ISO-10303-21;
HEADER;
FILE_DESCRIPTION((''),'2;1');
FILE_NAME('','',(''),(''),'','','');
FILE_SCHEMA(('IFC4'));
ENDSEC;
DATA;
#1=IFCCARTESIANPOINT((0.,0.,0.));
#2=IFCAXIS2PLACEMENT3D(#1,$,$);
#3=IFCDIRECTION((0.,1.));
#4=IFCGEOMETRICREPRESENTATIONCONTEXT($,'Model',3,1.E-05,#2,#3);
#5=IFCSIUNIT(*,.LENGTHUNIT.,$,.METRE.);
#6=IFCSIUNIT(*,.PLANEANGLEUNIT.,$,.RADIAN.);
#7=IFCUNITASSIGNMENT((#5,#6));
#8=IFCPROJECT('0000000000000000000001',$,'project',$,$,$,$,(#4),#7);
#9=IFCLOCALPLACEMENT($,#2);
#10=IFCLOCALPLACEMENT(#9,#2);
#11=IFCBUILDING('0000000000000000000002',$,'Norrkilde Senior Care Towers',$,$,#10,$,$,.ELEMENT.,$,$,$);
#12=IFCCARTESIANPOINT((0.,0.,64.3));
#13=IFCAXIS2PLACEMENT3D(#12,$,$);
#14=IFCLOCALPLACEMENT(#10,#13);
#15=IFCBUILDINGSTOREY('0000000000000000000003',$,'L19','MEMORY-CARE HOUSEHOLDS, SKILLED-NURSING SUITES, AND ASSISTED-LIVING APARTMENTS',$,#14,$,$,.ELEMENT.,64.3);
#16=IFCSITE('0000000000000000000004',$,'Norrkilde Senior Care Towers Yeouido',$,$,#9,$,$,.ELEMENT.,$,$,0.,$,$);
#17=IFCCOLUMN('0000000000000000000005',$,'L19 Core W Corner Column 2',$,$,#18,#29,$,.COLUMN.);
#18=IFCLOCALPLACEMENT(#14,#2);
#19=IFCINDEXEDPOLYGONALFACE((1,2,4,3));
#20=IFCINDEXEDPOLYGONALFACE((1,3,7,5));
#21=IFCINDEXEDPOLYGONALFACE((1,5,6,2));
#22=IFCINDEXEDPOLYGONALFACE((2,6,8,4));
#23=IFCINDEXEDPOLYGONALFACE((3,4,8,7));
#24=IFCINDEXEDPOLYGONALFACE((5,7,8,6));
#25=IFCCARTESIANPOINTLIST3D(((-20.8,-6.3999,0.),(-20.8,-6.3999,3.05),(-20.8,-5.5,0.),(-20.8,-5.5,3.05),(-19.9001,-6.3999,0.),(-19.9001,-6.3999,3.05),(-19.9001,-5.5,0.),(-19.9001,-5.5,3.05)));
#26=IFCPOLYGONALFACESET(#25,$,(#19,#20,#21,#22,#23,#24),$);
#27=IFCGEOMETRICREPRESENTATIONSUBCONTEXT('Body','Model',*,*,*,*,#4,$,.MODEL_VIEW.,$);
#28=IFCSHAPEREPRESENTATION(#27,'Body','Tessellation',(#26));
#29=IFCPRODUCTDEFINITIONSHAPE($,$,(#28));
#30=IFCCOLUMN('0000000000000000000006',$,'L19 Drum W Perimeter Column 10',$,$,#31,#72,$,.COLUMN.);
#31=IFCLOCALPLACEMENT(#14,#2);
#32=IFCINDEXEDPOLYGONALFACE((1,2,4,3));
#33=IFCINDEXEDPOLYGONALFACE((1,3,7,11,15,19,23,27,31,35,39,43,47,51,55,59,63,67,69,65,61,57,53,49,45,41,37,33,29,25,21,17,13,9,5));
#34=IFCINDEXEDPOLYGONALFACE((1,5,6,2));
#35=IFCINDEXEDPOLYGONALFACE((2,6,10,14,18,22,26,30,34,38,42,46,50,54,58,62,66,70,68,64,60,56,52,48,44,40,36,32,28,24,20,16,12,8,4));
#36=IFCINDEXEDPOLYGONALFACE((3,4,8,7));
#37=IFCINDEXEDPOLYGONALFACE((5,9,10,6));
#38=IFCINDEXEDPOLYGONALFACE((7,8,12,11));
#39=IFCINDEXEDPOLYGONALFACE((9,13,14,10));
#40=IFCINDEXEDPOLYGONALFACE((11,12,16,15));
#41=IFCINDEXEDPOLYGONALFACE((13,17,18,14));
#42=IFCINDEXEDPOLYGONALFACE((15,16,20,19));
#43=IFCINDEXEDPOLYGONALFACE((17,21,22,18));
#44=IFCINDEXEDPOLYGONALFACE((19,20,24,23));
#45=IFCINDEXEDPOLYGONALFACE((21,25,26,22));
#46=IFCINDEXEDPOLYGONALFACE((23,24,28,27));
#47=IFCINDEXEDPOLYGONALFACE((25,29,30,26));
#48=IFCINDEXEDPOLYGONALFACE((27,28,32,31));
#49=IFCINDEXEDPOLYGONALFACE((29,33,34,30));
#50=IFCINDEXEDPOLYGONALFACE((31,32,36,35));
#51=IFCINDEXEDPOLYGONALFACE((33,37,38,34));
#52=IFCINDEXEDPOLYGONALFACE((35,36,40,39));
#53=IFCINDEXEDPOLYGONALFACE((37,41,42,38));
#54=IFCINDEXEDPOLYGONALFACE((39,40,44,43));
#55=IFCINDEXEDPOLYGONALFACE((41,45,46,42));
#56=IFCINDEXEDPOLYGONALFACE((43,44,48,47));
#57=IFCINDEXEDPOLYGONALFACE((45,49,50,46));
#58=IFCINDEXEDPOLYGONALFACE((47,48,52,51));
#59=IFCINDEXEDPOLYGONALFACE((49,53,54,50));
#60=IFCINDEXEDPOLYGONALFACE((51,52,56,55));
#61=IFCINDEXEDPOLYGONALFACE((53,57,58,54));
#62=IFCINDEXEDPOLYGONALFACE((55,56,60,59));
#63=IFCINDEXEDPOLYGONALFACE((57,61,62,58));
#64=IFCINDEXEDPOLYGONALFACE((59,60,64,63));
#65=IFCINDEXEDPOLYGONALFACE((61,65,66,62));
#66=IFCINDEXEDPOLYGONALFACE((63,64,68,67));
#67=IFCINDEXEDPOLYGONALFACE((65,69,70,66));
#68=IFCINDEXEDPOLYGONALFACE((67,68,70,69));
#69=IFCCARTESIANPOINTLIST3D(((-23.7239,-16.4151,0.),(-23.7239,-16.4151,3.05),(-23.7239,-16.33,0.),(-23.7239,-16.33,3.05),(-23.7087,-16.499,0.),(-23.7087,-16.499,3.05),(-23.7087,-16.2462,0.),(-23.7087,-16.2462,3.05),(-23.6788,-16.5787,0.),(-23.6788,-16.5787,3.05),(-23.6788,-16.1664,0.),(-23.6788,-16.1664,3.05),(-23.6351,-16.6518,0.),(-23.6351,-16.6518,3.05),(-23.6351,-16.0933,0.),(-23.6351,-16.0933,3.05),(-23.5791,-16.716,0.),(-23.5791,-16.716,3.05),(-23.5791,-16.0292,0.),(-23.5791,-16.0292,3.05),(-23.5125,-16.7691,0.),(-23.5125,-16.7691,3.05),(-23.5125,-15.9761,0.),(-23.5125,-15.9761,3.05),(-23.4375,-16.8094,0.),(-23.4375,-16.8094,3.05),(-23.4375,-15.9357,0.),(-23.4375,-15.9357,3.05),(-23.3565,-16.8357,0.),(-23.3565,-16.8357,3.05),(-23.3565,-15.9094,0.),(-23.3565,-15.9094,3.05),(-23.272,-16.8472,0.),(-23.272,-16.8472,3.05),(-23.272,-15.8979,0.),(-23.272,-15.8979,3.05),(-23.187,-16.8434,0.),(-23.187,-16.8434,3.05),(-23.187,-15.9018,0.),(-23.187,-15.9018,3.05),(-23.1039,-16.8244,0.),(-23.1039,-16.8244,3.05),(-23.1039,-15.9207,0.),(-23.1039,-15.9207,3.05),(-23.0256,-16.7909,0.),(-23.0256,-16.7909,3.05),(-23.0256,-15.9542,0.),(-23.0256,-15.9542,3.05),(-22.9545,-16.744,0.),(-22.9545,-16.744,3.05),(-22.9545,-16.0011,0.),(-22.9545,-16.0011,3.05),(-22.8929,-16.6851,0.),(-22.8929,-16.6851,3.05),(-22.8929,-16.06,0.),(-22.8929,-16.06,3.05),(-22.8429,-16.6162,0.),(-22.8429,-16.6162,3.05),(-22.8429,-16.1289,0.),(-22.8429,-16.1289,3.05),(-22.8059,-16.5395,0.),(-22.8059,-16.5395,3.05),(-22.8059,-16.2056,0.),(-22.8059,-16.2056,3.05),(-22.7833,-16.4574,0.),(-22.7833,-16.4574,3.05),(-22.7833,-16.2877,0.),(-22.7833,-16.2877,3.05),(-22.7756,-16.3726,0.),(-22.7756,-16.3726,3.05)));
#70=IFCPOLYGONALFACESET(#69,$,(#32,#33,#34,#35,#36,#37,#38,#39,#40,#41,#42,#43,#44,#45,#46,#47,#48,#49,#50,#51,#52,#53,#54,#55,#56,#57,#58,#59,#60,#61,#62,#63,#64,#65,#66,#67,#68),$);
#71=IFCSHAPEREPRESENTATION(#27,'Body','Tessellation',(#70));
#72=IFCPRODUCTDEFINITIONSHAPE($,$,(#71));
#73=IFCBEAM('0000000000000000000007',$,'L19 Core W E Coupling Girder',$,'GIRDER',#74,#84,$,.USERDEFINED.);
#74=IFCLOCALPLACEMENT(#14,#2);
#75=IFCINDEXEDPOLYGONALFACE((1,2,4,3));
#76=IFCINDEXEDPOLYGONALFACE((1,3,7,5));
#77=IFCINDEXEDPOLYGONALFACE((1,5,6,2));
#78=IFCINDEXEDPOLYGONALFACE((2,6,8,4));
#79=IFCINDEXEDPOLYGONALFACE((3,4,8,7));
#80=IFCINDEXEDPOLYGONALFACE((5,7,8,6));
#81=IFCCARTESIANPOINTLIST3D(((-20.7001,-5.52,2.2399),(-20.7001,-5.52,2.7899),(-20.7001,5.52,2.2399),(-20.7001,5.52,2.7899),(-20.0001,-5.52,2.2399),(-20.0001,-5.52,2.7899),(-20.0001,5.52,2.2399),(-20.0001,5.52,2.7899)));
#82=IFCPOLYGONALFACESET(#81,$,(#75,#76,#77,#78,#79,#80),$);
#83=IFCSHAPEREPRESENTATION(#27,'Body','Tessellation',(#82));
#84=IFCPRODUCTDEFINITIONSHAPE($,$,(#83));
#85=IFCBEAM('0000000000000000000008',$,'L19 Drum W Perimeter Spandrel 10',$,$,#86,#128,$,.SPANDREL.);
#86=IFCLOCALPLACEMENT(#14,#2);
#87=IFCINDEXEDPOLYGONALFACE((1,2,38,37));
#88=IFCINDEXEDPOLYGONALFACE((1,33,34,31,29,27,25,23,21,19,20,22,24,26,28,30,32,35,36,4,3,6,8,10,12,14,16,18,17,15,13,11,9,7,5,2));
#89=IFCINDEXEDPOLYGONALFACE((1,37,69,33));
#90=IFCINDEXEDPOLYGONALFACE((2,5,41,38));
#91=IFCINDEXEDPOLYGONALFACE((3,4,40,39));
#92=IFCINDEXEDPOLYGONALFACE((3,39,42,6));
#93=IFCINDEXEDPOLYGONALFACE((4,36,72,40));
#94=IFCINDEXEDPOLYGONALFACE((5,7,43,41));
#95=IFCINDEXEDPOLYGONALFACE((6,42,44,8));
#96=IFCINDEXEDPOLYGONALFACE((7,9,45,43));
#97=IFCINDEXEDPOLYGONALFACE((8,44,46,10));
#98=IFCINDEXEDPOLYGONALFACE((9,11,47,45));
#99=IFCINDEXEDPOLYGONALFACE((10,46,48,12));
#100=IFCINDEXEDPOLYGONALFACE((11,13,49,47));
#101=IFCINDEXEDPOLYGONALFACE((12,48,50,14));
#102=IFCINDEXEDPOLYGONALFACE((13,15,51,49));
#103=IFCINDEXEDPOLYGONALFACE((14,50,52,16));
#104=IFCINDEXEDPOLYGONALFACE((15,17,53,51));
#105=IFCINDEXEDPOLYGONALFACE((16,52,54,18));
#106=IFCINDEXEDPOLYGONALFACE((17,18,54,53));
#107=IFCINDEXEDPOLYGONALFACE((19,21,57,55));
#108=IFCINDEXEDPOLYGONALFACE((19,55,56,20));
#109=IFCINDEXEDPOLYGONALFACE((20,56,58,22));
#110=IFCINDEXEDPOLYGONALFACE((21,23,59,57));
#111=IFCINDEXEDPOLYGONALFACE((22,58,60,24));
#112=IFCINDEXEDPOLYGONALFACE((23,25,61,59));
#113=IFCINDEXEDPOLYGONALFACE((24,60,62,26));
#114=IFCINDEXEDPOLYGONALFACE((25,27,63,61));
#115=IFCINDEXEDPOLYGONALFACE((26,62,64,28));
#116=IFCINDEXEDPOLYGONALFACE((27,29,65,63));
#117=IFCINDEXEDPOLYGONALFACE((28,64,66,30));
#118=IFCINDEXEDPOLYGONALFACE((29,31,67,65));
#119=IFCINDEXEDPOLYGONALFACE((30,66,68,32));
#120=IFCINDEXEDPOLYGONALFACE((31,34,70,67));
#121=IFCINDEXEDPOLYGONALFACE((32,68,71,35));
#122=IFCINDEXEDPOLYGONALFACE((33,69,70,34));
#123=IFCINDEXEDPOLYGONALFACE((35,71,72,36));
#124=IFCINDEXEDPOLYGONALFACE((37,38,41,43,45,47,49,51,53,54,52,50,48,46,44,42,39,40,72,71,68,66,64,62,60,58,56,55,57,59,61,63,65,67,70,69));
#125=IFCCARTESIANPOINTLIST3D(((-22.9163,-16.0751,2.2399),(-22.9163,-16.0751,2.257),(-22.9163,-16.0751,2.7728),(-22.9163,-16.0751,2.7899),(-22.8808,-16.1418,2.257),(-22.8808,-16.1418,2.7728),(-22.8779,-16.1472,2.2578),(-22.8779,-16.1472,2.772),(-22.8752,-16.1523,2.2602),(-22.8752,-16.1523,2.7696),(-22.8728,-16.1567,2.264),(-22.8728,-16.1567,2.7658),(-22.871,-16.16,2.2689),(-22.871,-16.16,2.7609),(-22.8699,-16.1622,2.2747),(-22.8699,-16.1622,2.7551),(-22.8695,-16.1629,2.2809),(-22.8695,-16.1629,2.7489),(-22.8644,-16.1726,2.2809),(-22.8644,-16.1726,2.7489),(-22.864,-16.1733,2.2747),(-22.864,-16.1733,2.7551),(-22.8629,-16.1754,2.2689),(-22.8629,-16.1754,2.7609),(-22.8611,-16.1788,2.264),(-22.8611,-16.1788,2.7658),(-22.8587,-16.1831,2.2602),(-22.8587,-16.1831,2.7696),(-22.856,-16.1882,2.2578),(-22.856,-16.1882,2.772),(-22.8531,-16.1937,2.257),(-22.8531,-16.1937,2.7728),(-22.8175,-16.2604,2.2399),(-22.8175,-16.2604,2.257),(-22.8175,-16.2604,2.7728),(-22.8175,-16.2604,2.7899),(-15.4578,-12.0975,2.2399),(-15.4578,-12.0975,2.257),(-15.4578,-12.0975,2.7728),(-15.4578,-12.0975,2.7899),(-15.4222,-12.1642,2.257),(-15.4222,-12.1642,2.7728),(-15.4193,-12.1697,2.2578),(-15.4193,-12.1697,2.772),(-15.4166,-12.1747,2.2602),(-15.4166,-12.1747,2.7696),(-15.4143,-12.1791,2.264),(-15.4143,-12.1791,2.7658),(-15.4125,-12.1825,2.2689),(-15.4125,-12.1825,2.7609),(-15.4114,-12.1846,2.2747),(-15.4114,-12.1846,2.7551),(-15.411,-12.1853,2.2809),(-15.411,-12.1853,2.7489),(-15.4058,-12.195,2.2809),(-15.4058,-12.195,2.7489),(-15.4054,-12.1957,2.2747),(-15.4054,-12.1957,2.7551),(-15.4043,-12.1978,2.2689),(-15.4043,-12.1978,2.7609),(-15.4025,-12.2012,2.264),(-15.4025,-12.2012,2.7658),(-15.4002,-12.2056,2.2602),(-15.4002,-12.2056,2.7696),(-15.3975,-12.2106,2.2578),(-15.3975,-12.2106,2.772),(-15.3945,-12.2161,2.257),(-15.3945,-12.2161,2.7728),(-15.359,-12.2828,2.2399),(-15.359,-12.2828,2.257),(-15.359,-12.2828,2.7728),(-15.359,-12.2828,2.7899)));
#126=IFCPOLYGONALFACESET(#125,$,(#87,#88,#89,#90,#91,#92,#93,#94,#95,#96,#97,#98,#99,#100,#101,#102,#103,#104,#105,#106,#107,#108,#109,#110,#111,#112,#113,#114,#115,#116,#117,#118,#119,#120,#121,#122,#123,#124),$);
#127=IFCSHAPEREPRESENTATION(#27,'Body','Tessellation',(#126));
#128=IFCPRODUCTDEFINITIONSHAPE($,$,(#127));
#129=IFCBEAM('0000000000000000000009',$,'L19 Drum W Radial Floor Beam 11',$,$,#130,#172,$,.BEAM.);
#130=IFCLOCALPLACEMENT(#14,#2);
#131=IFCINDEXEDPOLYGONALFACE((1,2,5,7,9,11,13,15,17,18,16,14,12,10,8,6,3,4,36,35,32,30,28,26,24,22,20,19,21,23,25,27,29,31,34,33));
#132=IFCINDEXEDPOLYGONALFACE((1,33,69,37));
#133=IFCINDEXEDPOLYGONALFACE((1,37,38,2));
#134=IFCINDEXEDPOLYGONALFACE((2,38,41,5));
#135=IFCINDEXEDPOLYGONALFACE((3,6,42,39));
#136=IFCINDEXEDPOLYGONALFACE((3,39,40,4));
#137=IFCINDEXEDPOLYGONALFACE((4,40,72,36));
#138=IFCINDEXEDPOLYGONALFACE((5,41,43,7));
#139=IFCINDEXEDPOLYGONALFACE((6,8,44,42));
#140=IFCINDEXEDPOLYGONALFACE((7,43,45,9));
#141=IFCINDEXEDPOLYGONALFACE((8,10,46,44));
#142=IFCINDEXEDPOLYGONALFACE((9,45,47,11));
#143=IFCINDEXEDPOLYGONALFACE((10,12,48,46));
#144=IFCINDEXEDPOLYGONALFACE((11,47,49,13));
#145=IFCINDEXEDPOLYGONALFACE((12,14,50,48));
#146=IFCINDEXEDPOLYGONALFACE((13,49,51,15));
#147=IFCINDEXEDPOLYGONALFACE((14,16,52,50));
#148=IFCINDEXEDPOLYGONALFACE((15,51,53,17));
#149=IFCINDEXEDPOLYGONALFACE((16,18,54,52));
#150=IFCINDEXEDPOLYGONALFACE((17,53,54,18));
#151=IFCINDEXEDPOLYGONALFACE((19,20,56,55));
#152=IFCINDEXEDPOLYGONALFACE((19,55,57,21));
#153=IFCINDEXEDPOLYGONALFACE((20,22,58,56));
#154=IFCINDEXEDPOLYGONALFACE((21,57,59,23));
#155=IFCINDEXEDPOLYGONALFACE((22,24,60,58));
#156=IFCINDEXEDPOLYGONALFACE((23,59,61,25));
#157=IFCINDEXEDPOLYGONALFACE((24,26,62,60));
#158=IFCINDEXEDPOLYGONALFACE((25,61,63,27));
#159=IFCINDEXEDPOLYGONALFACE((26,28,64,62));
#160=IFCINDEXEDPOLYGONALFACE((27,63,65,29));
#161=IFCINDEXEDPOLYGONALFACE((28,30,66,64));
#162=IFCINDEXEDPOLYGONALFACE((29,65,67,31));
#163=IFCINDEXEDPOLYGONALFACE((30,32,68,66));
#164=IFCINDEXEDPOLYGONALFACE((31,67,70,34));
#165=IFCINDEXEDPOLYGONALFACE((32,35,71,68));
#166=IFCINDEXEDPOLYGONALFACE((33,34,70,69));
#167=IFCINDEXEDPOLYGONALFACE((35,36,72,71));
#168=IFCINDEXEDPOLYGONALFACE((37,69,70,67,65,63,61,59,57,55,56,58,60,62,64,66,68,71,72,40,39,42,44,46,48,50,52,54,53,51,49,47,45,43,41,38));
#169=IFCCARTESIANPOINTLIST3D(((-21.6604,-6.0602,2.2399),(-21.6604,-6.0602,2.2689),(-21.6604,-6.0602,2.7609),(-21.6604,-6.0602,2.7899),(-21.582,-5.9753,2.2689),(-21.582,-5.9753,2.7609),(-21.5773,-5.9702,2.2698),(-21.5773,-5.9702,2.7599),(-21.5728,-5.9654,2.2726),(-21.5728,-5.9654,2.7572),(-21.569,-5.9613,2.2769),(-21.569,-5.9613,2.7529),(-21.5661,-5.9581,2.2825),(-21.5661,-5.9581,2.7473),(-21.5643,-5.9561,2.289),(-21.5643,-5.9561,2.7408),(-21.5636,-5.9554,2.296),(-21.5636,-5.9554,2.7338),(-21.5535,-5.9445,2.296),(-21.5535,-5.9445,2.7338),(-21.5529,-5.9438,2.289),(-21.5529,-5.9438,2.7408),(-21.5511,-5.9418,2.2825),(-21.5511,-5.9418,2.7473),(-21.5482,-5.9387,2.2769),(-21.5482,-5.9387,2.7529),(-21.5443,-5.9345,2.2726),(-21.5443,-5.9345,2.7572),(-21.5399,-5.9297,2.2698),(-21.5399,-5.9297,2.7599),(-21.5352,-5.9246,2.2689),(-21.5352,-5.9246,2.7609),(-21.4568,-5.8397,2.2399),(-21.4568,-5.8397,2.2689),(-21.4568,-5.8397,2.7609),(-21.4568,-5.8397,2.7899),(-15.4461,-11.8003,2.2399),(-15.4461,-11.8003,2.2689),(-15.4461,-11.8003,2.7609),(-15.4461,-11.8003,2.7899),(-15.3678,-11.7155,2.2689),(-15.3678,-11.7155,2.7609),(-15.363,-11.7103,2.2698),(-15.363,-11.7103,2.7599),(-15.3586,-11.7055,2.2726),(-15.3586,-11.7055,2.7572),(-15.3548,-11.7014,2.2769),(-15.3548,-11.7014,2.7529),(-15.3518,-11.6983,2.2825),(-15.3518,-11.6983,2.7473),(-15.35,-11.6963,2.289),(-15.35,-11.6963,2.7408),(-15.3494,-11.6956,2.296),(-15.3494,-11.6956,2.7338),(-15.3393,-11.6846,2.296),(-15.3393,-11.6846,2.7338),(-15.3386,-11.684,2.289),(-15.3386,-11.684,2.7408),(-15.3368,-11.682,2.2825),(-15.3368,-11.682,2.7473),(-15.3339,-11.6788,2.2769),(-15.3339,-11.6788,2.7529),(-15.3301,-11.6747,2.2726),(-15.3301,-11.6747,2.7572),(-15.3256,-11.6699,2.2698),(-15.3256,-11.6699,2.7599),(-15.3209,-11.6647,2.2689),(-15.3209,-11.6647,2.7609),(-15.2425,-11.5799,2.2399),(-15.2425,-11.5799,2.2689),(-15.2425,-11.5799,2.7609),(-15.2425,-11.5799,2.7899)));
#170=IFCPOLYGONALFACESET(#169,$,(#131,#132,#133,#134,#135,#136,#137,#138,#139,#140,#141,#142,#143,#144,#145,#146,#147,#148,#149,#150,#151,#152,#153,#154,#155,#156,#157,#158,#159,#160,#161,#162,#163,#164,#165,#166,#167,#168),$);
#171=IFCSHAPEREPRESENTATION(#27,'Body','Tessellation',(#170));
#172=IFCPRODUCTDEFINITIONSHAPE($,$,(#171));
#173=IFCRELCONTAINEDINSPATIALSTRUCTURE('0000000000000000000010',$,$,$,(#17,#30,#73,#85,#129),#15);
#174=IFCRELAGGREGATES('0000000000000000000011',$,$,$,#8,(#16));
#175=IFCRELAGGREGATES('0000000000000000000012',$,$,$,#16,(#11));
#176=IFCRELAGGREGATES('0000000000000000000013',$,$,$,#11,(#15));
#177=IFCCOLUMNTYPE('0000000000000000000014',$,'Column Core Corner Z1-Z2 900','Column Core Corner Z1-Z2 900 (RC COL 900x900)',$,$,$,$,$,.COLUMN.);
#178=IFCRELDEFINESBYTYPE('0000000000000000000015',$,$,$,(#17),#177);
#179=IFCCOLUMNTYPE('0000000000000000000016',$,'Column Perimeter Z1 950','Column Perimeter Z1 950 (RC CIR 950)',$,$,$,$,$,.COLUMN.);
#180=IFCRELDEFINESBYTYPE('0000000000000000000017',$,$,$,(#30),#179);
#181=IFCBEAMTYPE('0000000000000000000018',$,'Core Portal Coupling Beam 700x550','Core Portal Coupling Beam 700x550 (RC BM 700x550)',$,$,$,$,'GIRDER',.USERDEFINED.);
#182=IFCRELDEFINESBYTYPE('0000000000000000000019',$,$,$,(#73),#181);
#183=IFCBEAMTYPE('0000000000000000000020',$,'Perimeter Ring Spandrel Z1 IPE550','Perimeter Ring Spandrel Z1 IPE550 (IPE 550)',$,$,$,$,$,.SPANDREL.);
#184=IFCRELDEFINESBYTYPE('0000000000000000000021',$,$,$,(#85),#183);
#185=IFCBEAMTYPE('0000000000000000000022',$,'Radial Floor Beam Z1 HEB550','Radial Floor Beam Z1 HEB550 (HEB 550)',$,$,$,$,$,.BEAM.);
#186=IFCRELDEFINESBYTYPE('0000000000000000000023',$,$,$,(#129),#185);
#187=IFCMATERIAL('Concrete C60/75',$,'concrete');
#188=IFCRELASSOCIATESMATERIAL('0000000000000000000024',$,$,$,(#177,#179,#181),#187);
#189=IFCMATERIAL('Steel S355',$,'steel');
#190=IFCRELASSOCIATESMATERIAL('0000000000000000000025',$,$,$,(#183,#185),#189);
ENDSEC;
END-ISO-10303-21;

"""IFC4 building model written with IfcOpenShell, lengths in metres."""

from ifc_helpers import new_model, si_unit, direction, frame, origin, origin_2d, place, context, subcontext, project, spatial, rectangle, circle, i_section, extrude, source, transform, mapped, material, material_profile, profile_set, type_object, type_shapes, element, save


model = new_model("IFC4")

# Units and contexts
model_context = context("Model", 3, precision=1e-05, world=origin(), true_north=direction((0.0, 1.0)))
body_context = subcontext(model_context, "Body", "Model", "MODEL_VIEW")
ifc_project = project(units=[si_unit("LENGTHUNIT", "METRE"), si_unit("PLANEANGLEUNIT", "RADIAN")], contexts=[model_context])

# Site, building, storey
site_placement = place(None, origin())
site = spatial("IfcSite", under=ifc_project, at=site_placement, Name="Norrkilde Senior Care Towers Yeouido", CompositionType="ELEMENT", RefElevation=0.0)
building_placement = place(site_placement, origin())
building = spatial("IfcBuilding", under=site, at=building_placement, Name="Norrkilde Senior Care Towers", CompositionType="ELEMENT")
storey_placement = place(building_placement, frame((0.0, 0.0, 64.3)))
storey = spatial("IfcBuildingStorey", under=building, at=storey_placement, Name="L19", Description="MEMORY-CARE HOUSEHOLDS, SKILLED-NURSING SUITES, AND ASSISTED-LIVING APARTMENTS", CompositionType="ELEMENT", Elevation=64.3)

# Columns
ifc_material_1 = material(Name="Concrete C60/75", Category="concrete")
ifc_material_profile_1 = material_profile(ifc_material_1, rectangle(XDim=0.8999, YDim=0.8999, at=origin_2d()), Name="RC COL 900x900")
ifc_profile_set_1 = profile_set([ifc_material_profile_1], Name="Concrete C60/75")
column_type_1 = type_object("IfcColumnType", Name="Column Core Corner Z1-Z2 900", Description="Column Core Corner Z1-Z2 900 (RC COL 900x900)", PredefinedType="COLUMN", material=ifc_profile_set_1)
shared_shape_1 = source(origin(), body_context, "Body", "SweptSolid", [
    extrude(rectangle(XDim=0.8999, YDim=0.8999, at=origin_2d()), origin(), (0.0, 0.0, 1.0), 3.05),
])
type_shapes(column_type_1, [shared_shape_1])
column_1_placement = place(storey_placement, frame((-20.3501, -5.95, 0.0), z_axis=(0.0, 0.0, 1.0), x_axis=(1.0, 0.0, 0.0)))
element("IfcColumn", 1, at=column_1_placement, inside=storey, type_object=column_type_1, Name="L19 Core W Corner Column 2", PredefinedType="COLUMN", context=body_context, shape_type="MappedRepresentation", body=[
    mapped(shared_shape_1, transform((0.0, 0.0, 0.0), x_axis=(1.0, 0.0, 0.0), y_axis=(0.0, 1.0, 0.0), z_axis=(0.0, 0.0, 1.0), scale=1.0)),
])
ifc_material_profile_2 = material_profile(ifc_material_1, circle(Radius=0.4751, at=origin_2d()), Name="RC CIR 950")
ifc_profile_set_2 = profile_set([ifc_material_profile_2], Name="Concrete C60/75")
column_type_2 = type_object("IfcColumnType", Name="Column Perimeter Z1 950", Description="Column Perimeter Z1 950 (RC CIR 950)", PredefinedType="COLUMN", material=ifc_profile_set_2)
shared_shape_2 = source(origin(), body_context, "Body", "SweptSolid", [
    extrude(circle(Radius=0.4751, at=origin_2d()), origin(), (0.0, 0.0, 1.0), 3.05),
])
type_shapes(column_type_2, [shared_shape_2])
column_2_placement = place(storey_placement, frame((-23.2507, -16.3726, 0.0), z_axis=(0.0, 0.0, 1.0), x_axis=(1.0, 0.0, 0.0)))
element("IfcColumn", 2, at=column_2_placement, inside=storey, type_object=column_type_2, Name="L19 Drum W Perimeter Column 10", PredefinedType="COLUMN", context=body_context, shape_type="MappedRepresentation", body=[
    mapped(shared_shape_2, transform((0.0, 0.0, 0.0), x_axis=(1.0, 0.0, 0.0), y_axis=(0.0, 1.0, 0.0), z_axis=(0.0, 0.0, 1.0), scale=1.0)),
])

# Beams
ifc_material_profile_3 = material_profile(ifc_material_1, rectangle(XDim=0.7, YDim=0.55, at=origin_2d()), Name="RC BM 700x550")
ifc_profile_set_3 = profile_set([ifc_material_profile_3], Name="Concrete C60/75")
beam_type_1 = type_object("IfcBeamType", Name="Core Portal Coupling Beam 700x550", Description="Core Portal Coupling Beam 700x550 (RC BM 700x550)", ElementType="GIRDER", PredefinedType="USERDEFINED", material=ifc_profile_set_3)
shared_shape_3 = source(origin(), body_context, "Body", "SweptSolid", [
    extrude(rectangle(XDim=0.7, YDim=0.55, at=origin_2d()), origin(), (0.0, 0.0, 1.0), 11.04),
])
type_shapes(beam_type_1, [shared_shape_3])
beam_1_placement = place(storey_placement, frame((-20.3501, -5.52, 2.5149), z_axis=(0.0, 1.0, 0.0), x_axis=(-1.0, 0.0, 0.0)))
element("IfcBeam", 3, at=beam_1_placement, inside=storey, type_object=beam_type_1, Name="L19 Core W E Coupling Girder", ObjectType="GIRDER", PredefinedType="USERDEFINED", context=body_context, shape_type="MappedRepresentation", body=[
    mapped(shared_shape_3, transform((0.0, 0.0, 0.0), x_axis=(1.0, 0.0, 0.0), y_axis=(0.0, 1.0, 0.0), z_axis=(0.0, 0.0, 1.0), scale=1.0)),
])
ifc_material_2 = material(Name="Steel S355", Category="steel")
ifc_material_profile_4 = material_profile(ifc_material_2, i_section(OverallWidth=0.21, OverallDepth=0.55, WebThickness=0.011, FlangeThickness=0.0171, FilletRadius=0.0239, at=origin_2d()), Name="IPE 550")
ifc_profile_set_4 = profile_set([ifc_material_profile_4], Name="Steel S355")
beam_type_2 = type_object("IfcBeamType", Name="Perimeter Ring Spandrel Z1 IPE550", Description="Perimeter Ring Spandrel Z1 IPE550 (IPE 550)", PredefinedType="SPANDREL", material=ifc_profile_set_4)
shared_shape_4 = source(origin(), body_context, "Body", "SweptSolid", [
    extrude(i_section(OverallWidth=0.21, OverallDepth=0.55, WebThickness=0.011, FlangeThickness=0.0171, FilletRadius=0.0239, at=origin_2d()), origin(), (0.0, 0.0, 1.0), 8.4529),
])
type_shapes(beam_type_2, [shared_shape_4])
beam_2_placement = place(storey_placement, frame((-22.8669, -16.1677, 2.5149), z_axis=(0.882369, 0.470558, 0.0), x_axis=(-0.470558, 0.882369, 0.0)))
element("IfcBeam", 4, at=beam_2_placement, inside=storey, type_object=beam_type_2, Name="L19 Drum W Perimeter Spandrel 10", PredefinedType="SPANDREL", context=body_context, shape_type="MappedRepresentation", body=[
    mapped(shared_shape_4, transform((0.0, 0.0, 0.0), x_axis=(1.0, 0.0, 0.0), y_axis=(0.0, 1.0, 0.0), z_axis=(0.0, 0.0, 1.0), scale=1.0)),
])
ifc_material_profile_5 = material_profile(ifc_material_2, i_section(OverallWidth=0.3, OverallDepth=0.55, WebThickness=0.0149, FlangeThickness=0.0291, FilletRadius=0.0271, at=origin_2d()), Name="HEB 550")
ifc_profile_set_5 = profile_set([ifc_material_profile_5], Name="Steel S355")
beam_type_3 = type_object("IfcBeamType", Name="Radial Floor Beam Z1 HEB550", Description="Radial Floor Beam Z1 HEB550 (HEB 550)", PredefinedType="BEAM", material=ifc_profile_set_5)
shared_shape_5 = source(origin(), body_context, "Body", "SweptSolid", [
    extrude(i_section(OverallWidth=0.3, OverallDepth=0.55, WebThickness=0.0149, FlangeThickness=0.0291, FilletRadius=0.0271, at=origin_2d()), origin(), (0.0, 0.0, 1.0), 8.4597),
])
beam_3_placement = place(storey_placement, frame((-21.5586, -5.95, 2.5149), z_axis=(0.734573, -0.678529, 0.0), x_axis=(0.678529, 0.734573, 0.0)))
element("IfcBeam", 5, at=beam_3_placement, inside=storey, type_object=beam_type_3, Name="L19 Drum W Radial Floor Beam 11", PredefinedType="BEAM", context=body_context, shape_type="MappedRepresentation", body=[
    mapped(shared_shape_5, transform((0.0, 0.0, 0.0), x_axis=(1.0, 0.0, 0.0), y_axis=(0.0, 1.0, 0.0), z_axis=(0.0, 0.0, 1.0), scale=1.0)),
])

save(model, "model.ifc")
